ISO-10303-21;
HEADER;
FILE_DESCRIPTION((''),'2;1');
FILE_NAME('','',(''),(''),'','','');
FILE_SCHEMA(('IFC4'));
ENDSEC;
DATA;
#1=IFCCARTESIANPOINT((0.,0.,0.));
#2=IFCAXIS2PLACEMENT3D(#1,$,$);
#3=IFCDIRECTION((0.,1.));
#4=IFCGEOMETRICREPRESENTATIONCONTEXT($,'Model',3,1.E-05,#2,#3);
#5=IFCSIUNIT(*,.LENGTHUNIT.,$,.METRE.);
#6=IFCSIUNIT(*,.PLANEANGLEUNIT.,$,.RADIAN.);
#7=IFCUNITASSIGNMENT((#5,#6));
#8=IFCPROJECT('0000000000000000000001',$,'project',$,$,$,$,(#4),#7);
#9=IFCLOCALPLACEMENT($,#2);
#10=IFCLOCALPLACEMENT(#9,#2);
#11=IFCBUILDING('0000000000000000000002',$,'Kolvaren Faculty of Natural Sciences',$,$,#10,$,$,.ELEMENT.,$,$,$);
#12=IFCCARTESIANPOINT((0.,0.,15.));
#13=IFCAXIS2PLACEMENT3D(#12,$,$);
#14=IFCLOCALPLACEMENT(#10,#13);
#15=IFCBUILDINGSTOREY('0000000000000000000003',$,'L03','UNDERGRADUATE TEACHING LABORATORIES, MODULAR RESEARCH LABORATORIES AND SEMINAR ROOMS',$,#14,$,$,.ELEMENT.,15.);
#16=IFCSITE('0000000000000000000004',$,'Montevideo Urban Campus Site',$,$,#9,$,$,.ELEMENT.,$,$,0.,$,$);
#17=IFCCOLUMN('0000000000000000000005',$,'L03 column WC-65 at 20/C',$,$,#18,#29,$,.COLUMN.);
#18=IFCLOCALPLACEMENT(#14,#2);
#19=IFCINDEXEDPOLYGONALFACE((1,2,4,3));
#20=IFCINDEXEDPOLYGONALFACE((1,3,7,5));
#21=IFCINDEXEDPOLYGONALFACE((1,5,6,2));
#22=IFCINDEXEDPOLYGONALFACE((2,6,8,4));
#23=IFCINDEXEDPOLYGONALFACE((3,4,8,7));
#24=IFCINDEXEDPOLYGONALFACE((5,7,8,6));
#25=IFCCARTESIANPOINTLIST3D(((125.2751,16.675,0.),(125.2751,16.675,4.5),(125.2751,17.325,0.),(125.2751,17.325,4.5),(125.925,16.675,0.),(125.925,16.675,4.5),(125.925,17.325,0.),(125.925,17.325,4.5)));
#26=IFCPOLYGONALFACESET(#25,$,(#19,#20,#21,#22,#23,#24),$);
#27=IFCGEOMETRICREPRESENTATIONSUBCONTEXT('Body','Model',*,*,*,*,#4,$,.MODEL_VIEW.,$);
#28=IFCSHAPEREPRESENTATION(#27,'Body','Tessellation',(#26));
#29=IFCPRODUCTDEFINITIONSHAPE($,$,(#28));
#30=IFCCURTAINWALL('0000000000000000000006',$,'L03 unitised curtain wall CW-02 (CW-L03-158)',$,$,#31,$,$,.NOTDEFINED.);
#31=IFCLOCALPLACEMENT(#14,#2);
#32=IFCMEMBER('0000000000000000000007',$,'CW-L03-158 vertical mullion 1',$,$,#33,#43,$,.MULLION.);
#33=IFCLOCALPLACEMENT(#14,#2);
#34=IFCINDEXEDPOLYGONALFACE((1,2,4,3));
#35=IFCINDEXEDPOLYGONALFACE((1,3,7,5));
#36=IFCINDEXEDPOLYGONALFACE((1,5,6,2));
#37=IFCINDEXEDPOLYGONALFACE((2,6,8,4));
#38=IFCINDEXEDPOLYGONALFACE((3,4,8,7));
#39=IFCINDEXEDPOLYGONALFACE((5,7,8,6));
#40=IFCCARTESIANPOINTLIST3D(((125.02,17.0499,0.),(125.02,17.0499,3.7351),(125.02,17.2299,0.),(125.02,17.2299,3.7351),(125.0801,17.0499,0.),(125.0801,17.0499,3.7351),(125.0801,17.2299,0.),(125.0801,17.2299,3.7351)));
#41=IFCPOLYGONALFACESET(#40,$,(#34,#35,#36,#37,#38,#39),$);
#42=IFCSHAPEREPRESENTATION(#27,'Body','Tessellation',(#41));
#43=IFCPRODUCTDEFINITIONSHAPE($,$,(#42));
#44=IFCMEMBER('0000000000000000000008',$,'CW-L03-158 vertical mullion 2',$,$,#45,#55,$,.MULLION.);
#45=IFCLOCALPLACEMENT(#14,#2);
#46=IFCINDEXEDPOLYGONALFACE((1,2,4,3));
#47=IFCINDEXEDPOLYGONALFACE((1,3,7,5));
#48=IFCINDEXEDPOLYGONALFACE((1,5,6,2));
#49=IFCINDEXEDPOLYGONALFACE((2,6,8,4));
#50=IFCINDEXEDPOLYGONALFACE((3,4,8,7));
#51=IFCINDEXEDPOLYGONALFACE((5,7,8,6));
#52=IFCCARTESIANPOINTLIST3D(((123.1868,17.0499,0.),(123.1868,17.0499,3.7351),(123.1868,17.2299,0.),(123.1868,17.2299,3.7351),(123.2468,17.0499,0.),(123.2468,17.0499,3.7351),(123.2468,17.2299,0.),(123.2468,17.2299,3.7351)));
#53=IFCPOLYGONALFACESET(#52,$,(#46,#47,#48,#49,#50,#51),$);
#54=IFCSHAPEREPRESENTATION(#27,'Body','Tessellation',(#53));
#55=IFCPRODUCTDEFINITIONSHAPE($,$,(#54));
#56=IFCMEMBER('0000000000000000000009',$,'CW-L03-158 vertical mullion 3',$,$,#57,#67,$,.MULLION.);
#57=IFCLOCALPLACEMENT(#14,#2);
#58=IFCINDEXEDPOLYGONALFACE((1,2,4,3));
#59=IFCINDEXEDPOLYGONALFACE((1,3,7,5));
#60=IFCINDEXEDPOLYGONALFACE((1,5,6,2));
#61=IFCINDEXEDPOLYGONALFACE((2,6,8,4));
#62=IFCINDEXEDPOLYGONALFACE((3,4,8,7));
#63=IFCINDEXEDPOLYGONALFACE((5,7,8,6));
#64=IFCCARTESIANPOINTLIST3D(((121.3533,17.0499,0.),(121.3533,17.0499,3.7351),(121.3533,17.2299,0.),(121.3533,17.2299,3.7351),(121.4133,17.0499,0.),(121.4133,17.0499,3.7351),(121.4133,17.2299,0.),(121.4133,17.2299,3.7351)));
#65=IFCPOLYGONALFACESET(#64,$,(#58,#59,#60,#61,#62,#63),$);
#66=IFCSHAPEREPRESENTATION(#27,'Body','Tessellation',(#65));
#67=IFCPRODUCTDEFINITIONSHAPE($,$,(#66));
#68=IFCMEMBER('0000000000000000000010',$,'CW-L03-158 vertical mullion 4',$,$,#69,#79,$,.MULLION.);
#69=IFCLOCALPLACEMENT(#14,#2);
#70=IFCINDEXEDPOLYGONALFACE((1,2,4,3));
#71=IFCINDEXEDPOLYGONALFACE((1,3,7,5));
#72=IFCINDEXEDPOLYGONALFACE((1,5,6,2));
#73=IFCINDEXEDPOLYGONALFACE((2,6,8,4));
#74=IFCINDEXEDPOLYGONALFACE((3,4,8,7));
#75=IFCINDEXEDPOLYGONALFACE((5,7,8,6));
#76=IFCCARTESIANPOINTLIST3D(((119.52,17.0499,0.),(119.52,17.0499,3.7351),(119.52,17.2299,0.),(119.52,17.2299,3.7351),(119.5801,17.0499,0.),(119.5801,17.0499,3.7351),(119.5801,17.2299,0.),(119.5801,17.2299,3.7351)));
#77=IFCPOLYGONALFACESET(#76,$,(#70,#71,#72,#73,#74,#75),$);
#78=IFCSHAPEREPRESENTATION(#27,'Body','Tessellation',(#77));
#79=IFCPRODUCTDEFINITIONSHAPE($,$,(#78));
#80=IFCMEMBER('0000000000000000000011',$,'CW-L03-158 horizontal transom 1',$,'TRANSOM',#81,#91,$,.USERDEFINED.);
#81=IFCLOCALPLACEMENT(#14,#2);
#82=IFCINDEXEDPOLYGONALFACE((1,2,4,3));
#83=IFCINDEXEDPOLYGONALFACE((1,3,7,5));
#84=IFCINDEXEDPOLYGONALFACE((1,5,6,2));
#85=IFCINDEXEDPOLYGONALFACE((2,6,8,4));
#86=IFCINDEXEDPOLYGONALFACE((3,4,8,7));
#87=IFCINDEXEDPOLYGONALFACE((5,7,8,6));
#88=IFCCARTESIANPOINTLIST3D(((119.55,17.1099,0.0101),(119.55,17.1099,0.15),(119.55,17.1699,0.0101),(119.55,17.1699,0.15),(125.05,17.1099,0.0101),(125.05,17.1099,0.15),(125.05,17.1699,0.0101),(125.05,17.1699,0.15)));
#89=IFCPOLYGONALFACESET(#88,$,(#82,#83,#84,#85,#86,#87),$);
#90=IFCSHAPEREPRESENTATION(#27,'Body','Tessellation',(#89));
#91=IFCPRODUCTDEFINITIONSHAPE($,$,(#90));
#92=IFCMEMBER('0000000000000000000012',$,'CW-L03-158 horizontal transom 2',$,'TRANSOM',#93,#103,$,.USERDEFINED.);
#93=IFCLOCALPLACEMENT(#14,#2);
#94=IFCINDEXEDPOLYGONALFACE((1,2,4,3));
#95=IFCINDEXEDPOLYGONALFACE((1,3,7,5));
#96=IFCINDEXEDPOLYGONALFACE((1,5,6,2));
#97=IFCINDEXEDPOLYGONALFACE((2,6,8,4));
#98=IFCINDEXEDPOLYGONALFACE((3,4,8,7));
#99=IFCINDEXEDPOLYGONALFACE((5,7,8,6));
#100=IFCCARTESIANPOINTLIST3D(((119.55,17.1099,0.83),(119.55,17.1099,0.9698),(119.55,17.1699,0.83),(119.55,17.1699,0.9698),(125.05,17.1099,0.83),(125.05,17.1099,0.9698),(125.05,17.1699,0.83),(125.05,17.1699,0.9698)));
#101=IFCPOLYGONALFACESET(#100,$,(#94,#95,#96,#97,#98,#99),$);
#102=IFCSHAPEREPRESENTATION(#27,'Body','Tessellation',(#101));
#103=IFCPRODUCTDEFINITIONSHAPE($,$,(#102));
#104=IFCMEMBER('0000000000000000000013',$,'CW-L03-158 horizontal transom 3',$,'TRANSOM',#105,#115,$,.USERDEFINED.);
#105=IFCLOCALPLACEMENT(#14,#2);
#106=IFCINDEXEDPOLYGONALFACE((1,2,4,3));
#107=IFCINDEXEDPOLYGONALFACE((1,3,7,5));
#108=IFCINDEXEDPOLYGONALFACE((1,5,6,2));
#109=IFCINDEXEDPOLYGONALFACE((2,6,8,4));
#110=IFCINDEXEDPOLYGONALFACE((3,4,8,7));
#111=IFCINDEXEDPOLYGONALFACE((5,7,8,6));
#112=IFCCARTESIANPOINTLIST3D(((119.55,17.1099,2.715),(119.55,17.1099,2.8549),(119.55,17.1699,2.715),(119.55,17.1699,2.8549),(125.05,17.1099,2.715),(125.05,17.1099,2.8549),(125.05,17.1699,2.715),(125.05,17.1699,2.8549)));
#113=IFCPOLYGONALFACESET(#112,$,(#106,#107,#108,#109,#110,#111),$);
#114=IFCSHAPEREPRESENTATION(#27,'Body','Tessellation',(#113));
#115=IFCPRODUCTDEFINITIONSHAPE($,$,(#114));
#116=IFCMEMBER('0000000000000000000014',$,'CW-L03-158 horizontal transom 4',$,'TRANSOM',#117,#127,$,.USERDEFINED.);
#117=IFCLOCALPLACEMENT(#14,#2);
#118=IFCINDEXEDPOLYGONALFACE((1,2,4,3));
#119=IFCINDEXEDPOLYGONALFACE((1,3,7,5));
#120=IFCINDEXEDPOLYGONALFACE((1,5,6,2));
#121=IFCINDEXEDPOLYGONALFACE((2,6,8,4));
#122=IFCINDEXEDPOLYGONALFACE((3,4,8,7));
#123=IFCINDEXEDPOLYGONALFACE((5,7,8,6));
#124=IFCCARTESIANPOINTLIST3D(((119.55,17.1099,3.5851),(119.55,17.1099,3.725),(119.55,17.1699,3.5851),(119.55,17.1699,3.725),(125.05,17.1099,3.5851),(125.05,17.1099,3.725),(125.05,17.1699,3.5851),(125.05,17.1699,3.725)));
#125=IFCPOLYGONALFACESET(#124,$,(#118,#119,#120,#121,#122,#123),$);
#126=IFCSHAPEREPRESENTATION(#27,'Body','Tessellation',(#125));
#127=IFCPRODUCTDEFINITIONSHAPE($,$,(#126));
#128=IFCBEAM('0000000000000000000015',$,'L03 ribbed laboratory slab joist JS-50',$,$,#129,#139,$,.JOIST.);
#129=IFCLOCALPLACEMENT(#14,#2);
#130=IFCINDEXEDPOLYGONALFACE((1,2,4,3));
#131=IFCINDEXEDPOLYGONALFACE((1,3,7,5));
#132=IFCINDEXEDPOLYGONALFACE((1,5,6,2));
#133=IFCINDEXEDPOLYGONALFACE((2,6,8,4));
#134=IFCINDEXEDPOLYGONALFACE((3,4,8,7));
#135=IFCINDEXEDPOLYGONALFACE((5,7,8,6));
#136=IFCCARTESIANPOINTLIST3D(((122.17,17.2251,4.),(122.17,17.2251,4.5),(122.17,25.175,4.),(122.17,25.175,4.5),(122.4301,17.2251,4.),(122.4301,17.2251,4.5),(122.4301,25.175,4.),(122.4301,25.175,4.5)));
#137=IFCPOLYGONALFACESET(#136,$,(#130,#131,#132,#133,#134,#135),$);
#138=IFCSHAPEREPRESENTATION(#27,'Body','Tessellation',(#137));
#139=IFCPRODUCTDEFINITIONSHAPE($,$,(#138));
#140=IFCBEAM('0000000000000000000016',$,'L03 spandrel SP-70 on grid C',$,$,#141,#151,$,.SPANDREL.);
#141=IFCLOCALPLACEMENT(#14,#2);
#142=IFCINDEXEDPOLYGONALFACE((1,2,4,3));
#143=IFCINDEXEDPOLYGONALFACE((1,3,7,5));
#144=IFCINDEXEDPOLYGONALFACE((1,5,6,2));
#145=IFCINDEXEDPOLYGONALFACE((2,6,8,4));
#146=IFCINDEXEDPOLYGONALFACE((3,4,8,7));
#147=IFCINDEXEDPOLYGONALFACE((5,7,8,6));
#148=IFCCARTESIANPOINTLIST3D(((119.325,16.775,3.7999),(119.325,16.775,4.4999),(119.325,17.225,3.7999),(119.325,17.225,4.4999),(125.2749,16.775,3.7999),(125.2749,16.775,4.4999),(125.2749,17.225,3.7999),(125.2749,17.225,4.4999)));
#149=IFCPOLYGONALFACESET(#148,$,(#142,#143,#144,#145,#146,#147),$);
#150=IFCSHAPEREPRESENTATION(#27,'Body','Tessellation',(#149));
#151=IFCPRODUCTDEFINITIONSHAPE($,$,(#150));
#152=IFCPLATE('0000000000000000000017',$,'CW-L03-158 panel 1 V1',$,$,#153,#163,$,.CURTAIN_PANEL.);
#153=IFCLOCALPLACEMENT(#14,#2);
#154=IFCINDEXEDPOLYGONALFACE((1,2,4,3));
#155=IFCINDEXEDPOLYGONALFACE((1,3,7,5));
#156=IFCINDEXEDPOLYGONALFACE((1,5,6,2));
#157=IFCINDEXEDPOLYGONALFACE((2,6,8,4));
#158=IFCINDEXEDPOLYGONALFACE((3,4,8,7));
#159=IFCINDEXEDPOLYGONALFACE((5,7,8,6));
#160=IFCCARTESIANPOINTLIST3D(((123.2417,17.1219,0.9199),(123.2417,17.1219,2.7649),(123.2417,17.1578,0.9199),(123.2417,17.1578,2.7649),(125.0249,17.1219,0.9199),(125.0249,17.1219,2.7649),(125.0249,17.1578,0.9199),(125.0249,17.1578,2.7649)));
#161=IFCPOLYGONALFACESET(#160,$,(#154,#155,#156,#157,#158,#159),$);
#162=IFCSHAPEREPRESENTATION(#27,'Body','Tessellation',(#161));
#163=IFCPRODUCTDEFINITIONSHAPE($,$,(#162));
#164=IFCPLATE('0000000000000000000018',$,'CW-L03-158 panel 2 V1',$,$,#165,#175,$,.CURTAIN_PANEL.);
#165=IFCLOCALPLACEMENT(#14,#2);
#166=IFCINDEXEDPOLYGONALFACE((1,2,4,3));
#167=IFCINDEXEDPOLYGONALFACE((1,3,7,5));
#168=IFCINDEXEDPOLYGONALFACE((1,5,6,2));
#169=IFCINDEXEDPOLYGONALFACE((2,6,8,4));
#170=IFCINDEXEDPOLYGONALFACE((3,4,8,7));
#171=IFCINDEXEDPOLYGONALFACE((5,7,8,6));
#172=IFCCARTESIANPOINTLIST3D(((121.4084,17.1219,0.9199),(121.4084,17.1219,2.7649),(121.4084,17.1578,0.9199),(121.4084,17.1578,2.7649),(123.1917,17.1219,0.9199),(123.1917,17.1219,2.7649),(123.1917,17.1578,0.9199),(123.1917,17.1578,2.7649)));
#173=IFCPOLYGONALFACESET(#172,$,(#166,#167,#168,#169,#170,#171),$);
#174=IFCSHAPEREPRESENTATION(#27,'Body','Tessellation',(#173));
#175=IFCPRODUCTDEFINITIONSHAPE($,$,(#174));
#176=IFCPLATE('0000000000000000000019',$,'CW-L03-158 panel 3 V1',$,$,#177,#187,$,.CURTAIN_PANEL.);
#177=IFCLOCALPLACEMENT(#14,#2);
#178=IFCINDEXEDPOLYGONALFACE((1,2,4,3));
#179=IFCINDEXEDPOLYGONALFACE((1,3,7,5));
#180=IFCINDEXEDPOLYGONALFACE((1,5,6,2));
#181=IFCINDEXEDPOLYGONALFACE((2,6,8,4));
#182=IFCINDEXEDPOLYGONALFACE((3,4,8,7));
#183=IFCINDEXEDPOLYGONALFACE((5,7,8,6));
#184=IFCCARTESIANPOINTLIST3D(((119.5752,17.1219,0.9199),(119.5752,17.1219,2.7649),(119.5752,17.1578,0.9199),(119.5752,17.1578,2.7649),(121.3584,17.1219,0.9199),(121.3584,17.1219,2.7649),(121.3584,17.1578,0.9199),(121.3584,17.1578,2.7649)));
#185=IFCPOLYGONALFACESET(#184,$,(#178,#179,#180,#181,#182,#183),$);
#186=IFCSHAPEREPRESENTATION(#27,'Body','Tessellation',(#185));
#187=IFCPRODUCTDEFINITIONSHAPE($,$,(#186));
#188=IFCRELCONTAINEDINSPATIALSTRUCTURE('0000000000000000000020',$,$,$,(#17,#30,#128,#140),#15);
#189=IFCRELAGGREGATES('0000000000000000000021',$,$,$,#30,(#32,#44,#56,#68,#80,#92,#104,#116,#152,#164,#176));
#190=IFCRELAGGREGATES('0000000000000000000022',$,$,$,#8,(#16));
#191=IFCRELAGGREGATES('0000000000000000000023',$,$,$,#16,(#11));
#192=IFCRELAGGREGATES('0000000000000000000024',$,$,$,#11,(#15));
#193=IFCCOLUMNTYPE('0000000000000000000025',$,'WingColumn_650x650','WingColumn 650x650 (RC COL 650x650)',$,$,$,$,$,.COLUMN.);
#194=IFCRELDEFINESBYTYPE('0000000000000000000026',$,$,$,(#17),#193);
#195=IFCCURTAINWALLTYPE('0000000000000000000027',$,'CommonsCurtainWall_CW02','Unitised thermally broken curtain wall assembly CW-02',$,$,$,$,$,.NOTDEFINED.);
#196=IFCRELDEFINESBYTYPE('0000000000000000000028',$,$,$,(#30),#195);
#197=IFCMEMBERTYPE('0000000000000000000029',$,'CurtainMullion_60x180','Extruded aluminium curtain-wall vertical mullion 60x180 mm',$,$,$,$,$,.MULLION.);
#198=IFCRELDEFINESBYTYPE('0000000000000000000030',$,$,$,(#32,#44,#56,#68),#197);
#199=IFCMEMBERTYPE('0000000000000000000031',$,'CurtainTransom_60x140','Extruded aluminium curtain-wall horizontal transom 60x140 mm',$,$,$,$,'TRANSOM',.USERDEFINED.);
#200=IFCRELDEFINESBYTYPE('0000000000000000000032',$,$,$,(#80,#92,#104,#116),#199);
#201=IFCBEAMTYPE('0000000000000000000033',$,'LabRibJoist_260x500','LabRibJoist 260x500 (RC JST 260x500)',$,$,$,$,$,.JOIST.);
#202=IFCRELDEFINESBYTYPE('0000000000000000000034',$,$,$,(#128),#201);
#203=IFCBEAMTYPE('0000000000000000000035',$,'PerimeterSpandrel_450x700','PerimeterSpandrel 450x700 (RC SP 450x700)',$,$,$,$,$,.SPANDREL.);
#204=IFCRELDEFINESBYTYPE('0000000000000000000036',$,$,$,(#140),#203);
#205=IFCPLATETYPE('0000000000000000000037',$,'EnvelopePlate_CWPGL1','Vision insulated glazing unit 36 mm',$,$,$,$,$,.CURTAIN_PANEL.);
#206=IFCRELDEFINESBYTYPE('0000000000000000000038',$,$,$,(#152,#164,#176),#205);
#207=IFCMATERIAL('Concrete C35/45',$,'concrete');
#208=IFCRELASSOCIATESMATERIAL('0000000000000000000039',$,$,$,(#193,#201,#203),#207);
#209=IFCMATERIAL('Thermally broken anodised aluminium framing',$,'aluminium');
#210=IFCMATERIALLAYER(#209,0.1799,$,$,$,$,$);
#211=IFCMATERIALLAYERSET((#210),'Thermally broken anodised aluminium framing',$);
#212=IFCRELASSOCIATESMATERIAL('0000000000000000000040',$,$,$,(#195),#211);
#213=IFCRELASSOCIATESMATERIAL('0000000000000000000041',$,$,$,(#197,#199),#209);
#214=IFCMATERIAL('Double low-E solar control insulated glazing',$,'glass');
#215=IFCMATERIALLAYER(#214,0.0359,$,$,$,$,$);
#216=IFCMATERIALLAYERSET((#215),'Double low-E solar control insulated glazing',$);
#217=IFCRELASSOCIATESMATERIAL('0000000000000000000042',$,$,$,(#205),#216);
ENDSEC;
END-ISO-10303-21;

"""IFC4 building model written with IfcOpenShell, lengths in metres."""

from ifc_helpers import new_model, si_unit, direction, frame, origin, origin_2d, place, context, subcontext, project, spatial, rectangle, extrude, material, layer, layer_set, material_profile, profile_set, type_object, element, aggregate, save


model = new_model("IFC4")

# Units and contexts
model_context = context("Model", 3, precision=1e-05, world=origin(), true_north=direction((0.0, 1.0)))
body_context = subcontext(model_context, "Body", "Model", "MODEL_VIEW")
ifc_project = project(units=[si_unit("LENGTHUNIT", "METRE"), si_unit("PLANEANGLEUNIT", "RADIAN")], contexts=[model_context])

# Site, building, storey
site_placement = place(None, origin())
site = spatial("IfcSite", under=ifc_project, at=site_placement, Name="Montevideo Urban Campus Site", CompositionType="ELEMENT", RefElevation=0.0)
building_placement = place(site_placement, origin())
building = spatial("IfcBuilding", under=site, at=building_placement, Name="Kolvaren Faculty of Natural Sciences", CompositionType="ELEMENT")
storey_placement = place(building_placement, frame((0.0, 0.0, 15.0)))
storey = spatial("IfcBuildingStorey", under=building, at=storey_placement, Name="L03", Description="UNDERGRADUATE TEACHING LABORATORIES, MODULAR RESEARCH LABORATORIES AND SEMINAR ROOMS", CompositionType="ELEMENT", Elevation=15.0)

# Column
ifc_material_1 = material(Name="Concrete C35/45", Category="concrete")
ifc_material_profile_1 = material_profile(ifc_material_1, rectangle(XDim=0.6499, YDim=0.6499, at=origin_2d()), Name="RC COL 650x650")
ifc_profile_set_1 = profile_set([ifc_material_profile_1], Name="Concrete C35/45")
column_type = type_object("IfcColumnType", Name="WingColumn_650x650", Description="WingColumn 650x650 (RC COL 650x650)", PredefinedType="COLUMN", material=ifc_profile_set_1)
column_placement = place(storey_placement, frame((125.6001, 17.0, 0.0), z_axis=(0.0, 0.0, 1.0), x_axis=(1.0, 0.0, 0.0)))
element("IfcColumn", 1, at=column_placement, inside=storey, type_object=column_type, Name="L03 column WC-65 at 20/C", PredefinedType="COLUMN", context=body_context, shape_type="SweptSolid", body=[
    extrude(rectangle(XDim=0.6499, YDim=0.6499, at=origin_2d()), origin(), (0.0, 0.0, 1.0), 4.5),
])

# Curtain wall, members
ifc_material_2 = material(Name="Thermally broken anodised aluminium framing", Category="aluminium")
ifc_layer_1 = layer(ifc_material_2, 0.1799)
ifc_layer_set_1 = layer_set([ifc_layer_1], Name="Thermally broken anodised aluminium framing")
curtain_wall_type = type_object("IfcCurtainWallType", Name="CommonsCurtainWall_CW02", Description="Unitised thermally broken curtain wall assembly CW-02", PredefinedType="NOTDEFINED", material=ifc_layer_set_1)
curtain_wall_placement = place(storey_placement, origin())
curtain_wall = element("IfcCurtainWall", 2, at=curtain_wall_placement, inside=storey, type_object=curtain_wall_type, Name="L03 unitised curtain wall CW-02 (CW-L03-158)", PredefinedType="NOTDEFINED")
ifc_material_profile_2 = material_profile(ifc_material_2, rectangle(XDim=0.0601, YDim=0.1799, at=origin_2d()), Name="ALU MUL 60x180")
ifc_profile_set_2 = profile_set([ifc_material_profile_2], Name="Thermally broken anodised aluminium framing")
member_type_1 = type_object("IfcMemberType", Name="CurtainMullion_60x180", Description="Extruded aluminium curtain-wall vertical mullion 60x180 mm", PredefinedType="MULLION", material=ifc_profile_set_2)
member_1_placement = place(storey_placement, frame((125.05, 17.1399, 0.0), z_axis=(0.0, 0.0, 1.0), x_axis=(-1.0, 0.0, 0.0)))
member_1 = element("IfcMember", 3, at=member_1_placement, type_object=member_type_1, Name="CW-L03-158 vertical mullion 1", PredefinedType="MULLION", context=body_context, shape_type="SweptSolid", body=[
    extrude(rectangle(XDim=0.0601, YDim=0.1799, at=origin_2d()), origin(), (0.0, 0.0, 1.0), 3.7351),
])
member_2_placement = place(storey_placement, frame((123.2168, 17.1399, 0.0), z_axis=(0.0, 0.0, 1.0), x_axis=(-1.0, 0.0, 0.0)))
member_2 = element("IfcMember", 4, at=member_2_placement, type_object=member_type_1, Name="CW-L03-158 vertical mullion 2", PredefinedType="MULLION", context=body_context, shape_type="SweptSolid", body=[
    extrude(rectangle(XDim=0.0601, YDim=0.1799, at=origin_2d()), origin(), (0.0, 0.0, 1.0), 3.7351),
])
member_3_placement = place(storey_placement, frame((121.3833, 17.1399, 0.0), z_axis=(0.0, 0.0, 1.0), x_axis=(-1.0, 0.0, 0.0)))
member_3 = element("IfcMember", 5, at=member_3_placement, type_object=member_type_1, Name="CW-L03-158 vertical mullion 3", PredefinedType="MULLION", context=body_context, shape_type="SweptSolid", body=[
    extrude(rectangle(XDim=0.0601, YDim=0.1799, at=origin_2d()), origin(), (0.0, 0.0, 1.0), 3.7351),
])
member_4_placement = place(storey_placement, frame((119.55, 17.1399, 0.0), z_axis=(0.0, 0.0, 1.0), x_axis=(-1.0, 0.0, 0.0)))
member_4 = element("IfcMember", 6, at=member_4_placement, type_object=member_type_1, Name="CW-L03-158 vertical mullion 4", PredefinedType="MULLION", context=body_context, shape_type="SweptSolid", body=[
    extrude(rectangle(XDim=0.0601, YDim=0.1799, at=origin_2d()), origin(), (0.0, 0.0, 1.0), 3.7351),
])
ifc_material_profile_3 = material_profile(ifc_material_2, rectangle(XDim=0.0601, YDim=0.1399, at=origin_2d()), Name="ALU TRN 60x140")
ifc_profile_set_3 = profile_set([ifc_material_profile_3], Name="Thermally broken anodised aluminium framing")
member_type_2 = type_object("IfcMemberType", Name="CurtainTransom_60x140", Description="Extruded aluminium curtain-wall horizontal transom 60x140 mm", ElementType="TRANSOM", PredefinedType="USERDEFINED", material=ifc_profile_set_3)
member_5_placement = place(storey_placement, frame((125.05, 17.1399, 0.0801), z_axis=(-1.0, 0.0, 0.0), x_axis=(0.0, -1.0, 0.0)))
member_5 = element("IfcMember", 7, at=member_5_placement, type_object=member_type_2, Name="CW-L03-158 horizontal transom 1", ObjectType="TRANSOM", PredefinedType="USERDEFINED", context=body_context, shape_type="SweptSolid", body=[
    extrude(rectangle(XDim=0.0601, YDim=0.1399, at=origin_2d()), origin(), (0.0, 0.0, 1.0), 5.5),
])
member_6_placement = place(storey_placement, frame((125.05, 17.1399, 0.8999), z_axis=(-1.0, 0.0, 0.0), x_axis=(0.0, -1.0, 0.0)))
member_6 = element("IfcMember", 8, at=member_6_placement, type_object=member_type_2, Name="CW-L03-158 horizontal transom 2", ObjectType="TRANSOM", PredefinedType="USERDEFINED", context=body_context, shape_type="SweptSolid", body=[
    extrude(rectangle(XDim=0.0601, YDim=0.1399, at=origin_2d()), origin(), (0.0, 0.0, 1.0), 5.5),
])
member_7_placement = place(storey_placement, frame((125.05, 17.1399, 2.7849), z_axis=(-1.0, 0.0, 0.0), x_axis=(0.0, -1.0, 0.0)))
member_7 = element("IfcMember", 9, at=member_7_placement, type_object=member_type_2, Name="CW-L03-158 horizontal transom 3", ObjectType="TRANSOM", PredefinedType="USERDEFINED", context=body_context, shape_type="SweptSolid", body=[
    extrude(rectangle(XDim=0.0601, YDim=0.1399, at=origin_2d()), origin(), (0.0, 0.0, 1.0), 5.5),
])
member_8_placement = place(storey_placement, frame((125.05, 17.1399, 3.655), z_axis=(-1.0, 0.0, 0.0), x_axis=(0.0, -1.0, 0.0)))
member_8 = element("IfcMember", 10, at=member_8_placement, type_object=member_type_2, Name="CW-L03-158 horizontal transom 4", ObjectType="TRANSOM", PredefinedType="USERDEFINED", context=body_context, shape_type="SweptSolid", body=[
    extrude(rectangle(XDim=0.0601, YDim=0.1399, at=origin_2d()), origin(), (0.0, 0.0, 1.0), 5.5),
])

# Beams
ifc_material_profile_4 = material_profile(ifc_material_1, rectangle(XDim=0.26, YDim=0.5, at=origin_2d()), Name="RC JST 260x500")
ifc_profile_set_4 = profile_set([ifc_material_profile_4], Name="Concrete C35/45")
beam_type_1 = type_object("IfcBeamType", Name="LabRibJoist_260x500", Description="LabRibJoist 260x500 (RC JST 260x500)", PredefinedType="JOIST", material=ifc_profile_set_4)
beam_1_placement = place(storey_placement, frame((122.3, 17.2251, 4.25), z_axis=(0.0, 1.0, 0.0), x_axis=(-1.0, 0.0, 0.0)))
element("IfcBeam", 11, at=beam_1_placement, inside=storey, type_object=beam_type_1, Name="L03 ribbed laboratory slab joist JS-50", PredefinedType="JOIST", context=body_context, shape_type="SweptSolid", body=[
    extrude(rectangle(XDim=0.26, YDim=0.5, at=origin_2d()), origin(), (0.0, 0.0, 1.0), 7.95),
])
ifc_material_profile_5 = material_profile(ifc_material_1, rectangle(XDim=0.45, YDim=0.7, at=origin_2d()), Name="RC SP 450x700")
ifc_profile_set_5 = profile_set([ifc_material_profile_5], Name="Concrete C35/45")
beam_type_2 = type_object("IfcBeamType", Name="PerimeterSpandrel_450x700", Description="PerimeterSpandrel 450x700 (RC SP 450x700)", PredefinedType="SPANDREL", material=ifc_profile_set_5)
beam_2_placement = place(storey_placement, frame((119.325, 17.0, 4.1499), z_axis=(1.0, 0.0, 0.0), x_axis=(0.0, 1.0, 0.0)))
element("IfcBeam", 12, at=beam_2_placement, inside=storey, type_object=beam_type_2, Name="L03 spandrel SP-70 on grid C", PredefinedType="SPANDREL", context=body_context, shape_type="SweptSolid", body=[
    extrude(rectangle(XDim=0.45, YDim=0.7, at=origin_2d()), origin(), (0.0, 0.0, 1.0), 5.95),
])

# Plates
ifc_material_3 = material(Name="Double low-E solar control insulated glazing", Category="glass")
ifc_layer_2 = layer(ifc_material_3, 0.0359)
ifc_layer_set_2 = layer_set([ifc_layer_2], Name="Double low-E solar control insulated glazing")
plate_type_1 = type_object("IfcPlateType", Name="EnvelopePlate_CWPGL1", Description="Vision insulated glazing unit 36 mm", PredefinedType="CURTAIN_PANEL", material=ifc_layer_set_2)
plate_1_placement = place(storey_placement, frame((124.1333, 17.1399, 0.9199), z_axis=(0.0, 0.0, 1.0), x_axis=(-1.0, 0.0, 0.0)))
plate_1 = element("IfcPlate", 13, at=plate_1_placement, type_object=plate_type_1, Name="CW-L03-158 panel 1 V1", PredefinedType="CURTAIN_PANEL", context=body_context, shape_type="SweptSolid", body=[
    extrude(rectangle(XDim=1.7832, YDim=0.0359, at=origin_2d()), origin(), (0.0, 0.0, 1.0), 1.845),
])
plate_2_placement = place(storey_placement, frame((122.3, 17.1399, 0.9199), z_axis=(0.0, 0.0, 1.0), x_axis=(-1.0, 0.0, 0.0)))
plate_2 = element("IfcPlate", 14, at=plate_2_placement, type_object=plate_type_1, Name="CW-L03-158 panel 2 V1", PredefinedType="CURTAIN_PANEL", context=body_context, shape_type="SweptSolid", body=[
    extrude(rectangle(XDim=1.7832, YDim=0.0359, at=origin_2d()), origin(), (0.0, 0.0, 1.0), 1.845),
])
plate_3_placement = place(storey_placement, frame((120.4668, 17.1399, 0.9199), z_axis=(0.0, 0.0, 1.0), x_axis=(-1.0, 0.0, 0.0)))
plate_3 = element("IfcPlate", 15, at=plate_3_placement, type_object=plate_type_1, Name="CW-L03-158 panel 3 V1", PredefinedType="CURTAIN_PANEL", context=body_context, shape_type="SweptSolid", body=[
    extrude(rectangle(XDim=1.7832, YDim=0.0359, at=origin_2d()), origin(), (0.0, 0.0, 1.0), 1.845),
])
aggregate(curtain_wall, [member_1, member_2, member_3, member_4, member_5, member_6, member_7, member_8, plate_1, plate_2, plate_3])

save(model, "model.ifc")
